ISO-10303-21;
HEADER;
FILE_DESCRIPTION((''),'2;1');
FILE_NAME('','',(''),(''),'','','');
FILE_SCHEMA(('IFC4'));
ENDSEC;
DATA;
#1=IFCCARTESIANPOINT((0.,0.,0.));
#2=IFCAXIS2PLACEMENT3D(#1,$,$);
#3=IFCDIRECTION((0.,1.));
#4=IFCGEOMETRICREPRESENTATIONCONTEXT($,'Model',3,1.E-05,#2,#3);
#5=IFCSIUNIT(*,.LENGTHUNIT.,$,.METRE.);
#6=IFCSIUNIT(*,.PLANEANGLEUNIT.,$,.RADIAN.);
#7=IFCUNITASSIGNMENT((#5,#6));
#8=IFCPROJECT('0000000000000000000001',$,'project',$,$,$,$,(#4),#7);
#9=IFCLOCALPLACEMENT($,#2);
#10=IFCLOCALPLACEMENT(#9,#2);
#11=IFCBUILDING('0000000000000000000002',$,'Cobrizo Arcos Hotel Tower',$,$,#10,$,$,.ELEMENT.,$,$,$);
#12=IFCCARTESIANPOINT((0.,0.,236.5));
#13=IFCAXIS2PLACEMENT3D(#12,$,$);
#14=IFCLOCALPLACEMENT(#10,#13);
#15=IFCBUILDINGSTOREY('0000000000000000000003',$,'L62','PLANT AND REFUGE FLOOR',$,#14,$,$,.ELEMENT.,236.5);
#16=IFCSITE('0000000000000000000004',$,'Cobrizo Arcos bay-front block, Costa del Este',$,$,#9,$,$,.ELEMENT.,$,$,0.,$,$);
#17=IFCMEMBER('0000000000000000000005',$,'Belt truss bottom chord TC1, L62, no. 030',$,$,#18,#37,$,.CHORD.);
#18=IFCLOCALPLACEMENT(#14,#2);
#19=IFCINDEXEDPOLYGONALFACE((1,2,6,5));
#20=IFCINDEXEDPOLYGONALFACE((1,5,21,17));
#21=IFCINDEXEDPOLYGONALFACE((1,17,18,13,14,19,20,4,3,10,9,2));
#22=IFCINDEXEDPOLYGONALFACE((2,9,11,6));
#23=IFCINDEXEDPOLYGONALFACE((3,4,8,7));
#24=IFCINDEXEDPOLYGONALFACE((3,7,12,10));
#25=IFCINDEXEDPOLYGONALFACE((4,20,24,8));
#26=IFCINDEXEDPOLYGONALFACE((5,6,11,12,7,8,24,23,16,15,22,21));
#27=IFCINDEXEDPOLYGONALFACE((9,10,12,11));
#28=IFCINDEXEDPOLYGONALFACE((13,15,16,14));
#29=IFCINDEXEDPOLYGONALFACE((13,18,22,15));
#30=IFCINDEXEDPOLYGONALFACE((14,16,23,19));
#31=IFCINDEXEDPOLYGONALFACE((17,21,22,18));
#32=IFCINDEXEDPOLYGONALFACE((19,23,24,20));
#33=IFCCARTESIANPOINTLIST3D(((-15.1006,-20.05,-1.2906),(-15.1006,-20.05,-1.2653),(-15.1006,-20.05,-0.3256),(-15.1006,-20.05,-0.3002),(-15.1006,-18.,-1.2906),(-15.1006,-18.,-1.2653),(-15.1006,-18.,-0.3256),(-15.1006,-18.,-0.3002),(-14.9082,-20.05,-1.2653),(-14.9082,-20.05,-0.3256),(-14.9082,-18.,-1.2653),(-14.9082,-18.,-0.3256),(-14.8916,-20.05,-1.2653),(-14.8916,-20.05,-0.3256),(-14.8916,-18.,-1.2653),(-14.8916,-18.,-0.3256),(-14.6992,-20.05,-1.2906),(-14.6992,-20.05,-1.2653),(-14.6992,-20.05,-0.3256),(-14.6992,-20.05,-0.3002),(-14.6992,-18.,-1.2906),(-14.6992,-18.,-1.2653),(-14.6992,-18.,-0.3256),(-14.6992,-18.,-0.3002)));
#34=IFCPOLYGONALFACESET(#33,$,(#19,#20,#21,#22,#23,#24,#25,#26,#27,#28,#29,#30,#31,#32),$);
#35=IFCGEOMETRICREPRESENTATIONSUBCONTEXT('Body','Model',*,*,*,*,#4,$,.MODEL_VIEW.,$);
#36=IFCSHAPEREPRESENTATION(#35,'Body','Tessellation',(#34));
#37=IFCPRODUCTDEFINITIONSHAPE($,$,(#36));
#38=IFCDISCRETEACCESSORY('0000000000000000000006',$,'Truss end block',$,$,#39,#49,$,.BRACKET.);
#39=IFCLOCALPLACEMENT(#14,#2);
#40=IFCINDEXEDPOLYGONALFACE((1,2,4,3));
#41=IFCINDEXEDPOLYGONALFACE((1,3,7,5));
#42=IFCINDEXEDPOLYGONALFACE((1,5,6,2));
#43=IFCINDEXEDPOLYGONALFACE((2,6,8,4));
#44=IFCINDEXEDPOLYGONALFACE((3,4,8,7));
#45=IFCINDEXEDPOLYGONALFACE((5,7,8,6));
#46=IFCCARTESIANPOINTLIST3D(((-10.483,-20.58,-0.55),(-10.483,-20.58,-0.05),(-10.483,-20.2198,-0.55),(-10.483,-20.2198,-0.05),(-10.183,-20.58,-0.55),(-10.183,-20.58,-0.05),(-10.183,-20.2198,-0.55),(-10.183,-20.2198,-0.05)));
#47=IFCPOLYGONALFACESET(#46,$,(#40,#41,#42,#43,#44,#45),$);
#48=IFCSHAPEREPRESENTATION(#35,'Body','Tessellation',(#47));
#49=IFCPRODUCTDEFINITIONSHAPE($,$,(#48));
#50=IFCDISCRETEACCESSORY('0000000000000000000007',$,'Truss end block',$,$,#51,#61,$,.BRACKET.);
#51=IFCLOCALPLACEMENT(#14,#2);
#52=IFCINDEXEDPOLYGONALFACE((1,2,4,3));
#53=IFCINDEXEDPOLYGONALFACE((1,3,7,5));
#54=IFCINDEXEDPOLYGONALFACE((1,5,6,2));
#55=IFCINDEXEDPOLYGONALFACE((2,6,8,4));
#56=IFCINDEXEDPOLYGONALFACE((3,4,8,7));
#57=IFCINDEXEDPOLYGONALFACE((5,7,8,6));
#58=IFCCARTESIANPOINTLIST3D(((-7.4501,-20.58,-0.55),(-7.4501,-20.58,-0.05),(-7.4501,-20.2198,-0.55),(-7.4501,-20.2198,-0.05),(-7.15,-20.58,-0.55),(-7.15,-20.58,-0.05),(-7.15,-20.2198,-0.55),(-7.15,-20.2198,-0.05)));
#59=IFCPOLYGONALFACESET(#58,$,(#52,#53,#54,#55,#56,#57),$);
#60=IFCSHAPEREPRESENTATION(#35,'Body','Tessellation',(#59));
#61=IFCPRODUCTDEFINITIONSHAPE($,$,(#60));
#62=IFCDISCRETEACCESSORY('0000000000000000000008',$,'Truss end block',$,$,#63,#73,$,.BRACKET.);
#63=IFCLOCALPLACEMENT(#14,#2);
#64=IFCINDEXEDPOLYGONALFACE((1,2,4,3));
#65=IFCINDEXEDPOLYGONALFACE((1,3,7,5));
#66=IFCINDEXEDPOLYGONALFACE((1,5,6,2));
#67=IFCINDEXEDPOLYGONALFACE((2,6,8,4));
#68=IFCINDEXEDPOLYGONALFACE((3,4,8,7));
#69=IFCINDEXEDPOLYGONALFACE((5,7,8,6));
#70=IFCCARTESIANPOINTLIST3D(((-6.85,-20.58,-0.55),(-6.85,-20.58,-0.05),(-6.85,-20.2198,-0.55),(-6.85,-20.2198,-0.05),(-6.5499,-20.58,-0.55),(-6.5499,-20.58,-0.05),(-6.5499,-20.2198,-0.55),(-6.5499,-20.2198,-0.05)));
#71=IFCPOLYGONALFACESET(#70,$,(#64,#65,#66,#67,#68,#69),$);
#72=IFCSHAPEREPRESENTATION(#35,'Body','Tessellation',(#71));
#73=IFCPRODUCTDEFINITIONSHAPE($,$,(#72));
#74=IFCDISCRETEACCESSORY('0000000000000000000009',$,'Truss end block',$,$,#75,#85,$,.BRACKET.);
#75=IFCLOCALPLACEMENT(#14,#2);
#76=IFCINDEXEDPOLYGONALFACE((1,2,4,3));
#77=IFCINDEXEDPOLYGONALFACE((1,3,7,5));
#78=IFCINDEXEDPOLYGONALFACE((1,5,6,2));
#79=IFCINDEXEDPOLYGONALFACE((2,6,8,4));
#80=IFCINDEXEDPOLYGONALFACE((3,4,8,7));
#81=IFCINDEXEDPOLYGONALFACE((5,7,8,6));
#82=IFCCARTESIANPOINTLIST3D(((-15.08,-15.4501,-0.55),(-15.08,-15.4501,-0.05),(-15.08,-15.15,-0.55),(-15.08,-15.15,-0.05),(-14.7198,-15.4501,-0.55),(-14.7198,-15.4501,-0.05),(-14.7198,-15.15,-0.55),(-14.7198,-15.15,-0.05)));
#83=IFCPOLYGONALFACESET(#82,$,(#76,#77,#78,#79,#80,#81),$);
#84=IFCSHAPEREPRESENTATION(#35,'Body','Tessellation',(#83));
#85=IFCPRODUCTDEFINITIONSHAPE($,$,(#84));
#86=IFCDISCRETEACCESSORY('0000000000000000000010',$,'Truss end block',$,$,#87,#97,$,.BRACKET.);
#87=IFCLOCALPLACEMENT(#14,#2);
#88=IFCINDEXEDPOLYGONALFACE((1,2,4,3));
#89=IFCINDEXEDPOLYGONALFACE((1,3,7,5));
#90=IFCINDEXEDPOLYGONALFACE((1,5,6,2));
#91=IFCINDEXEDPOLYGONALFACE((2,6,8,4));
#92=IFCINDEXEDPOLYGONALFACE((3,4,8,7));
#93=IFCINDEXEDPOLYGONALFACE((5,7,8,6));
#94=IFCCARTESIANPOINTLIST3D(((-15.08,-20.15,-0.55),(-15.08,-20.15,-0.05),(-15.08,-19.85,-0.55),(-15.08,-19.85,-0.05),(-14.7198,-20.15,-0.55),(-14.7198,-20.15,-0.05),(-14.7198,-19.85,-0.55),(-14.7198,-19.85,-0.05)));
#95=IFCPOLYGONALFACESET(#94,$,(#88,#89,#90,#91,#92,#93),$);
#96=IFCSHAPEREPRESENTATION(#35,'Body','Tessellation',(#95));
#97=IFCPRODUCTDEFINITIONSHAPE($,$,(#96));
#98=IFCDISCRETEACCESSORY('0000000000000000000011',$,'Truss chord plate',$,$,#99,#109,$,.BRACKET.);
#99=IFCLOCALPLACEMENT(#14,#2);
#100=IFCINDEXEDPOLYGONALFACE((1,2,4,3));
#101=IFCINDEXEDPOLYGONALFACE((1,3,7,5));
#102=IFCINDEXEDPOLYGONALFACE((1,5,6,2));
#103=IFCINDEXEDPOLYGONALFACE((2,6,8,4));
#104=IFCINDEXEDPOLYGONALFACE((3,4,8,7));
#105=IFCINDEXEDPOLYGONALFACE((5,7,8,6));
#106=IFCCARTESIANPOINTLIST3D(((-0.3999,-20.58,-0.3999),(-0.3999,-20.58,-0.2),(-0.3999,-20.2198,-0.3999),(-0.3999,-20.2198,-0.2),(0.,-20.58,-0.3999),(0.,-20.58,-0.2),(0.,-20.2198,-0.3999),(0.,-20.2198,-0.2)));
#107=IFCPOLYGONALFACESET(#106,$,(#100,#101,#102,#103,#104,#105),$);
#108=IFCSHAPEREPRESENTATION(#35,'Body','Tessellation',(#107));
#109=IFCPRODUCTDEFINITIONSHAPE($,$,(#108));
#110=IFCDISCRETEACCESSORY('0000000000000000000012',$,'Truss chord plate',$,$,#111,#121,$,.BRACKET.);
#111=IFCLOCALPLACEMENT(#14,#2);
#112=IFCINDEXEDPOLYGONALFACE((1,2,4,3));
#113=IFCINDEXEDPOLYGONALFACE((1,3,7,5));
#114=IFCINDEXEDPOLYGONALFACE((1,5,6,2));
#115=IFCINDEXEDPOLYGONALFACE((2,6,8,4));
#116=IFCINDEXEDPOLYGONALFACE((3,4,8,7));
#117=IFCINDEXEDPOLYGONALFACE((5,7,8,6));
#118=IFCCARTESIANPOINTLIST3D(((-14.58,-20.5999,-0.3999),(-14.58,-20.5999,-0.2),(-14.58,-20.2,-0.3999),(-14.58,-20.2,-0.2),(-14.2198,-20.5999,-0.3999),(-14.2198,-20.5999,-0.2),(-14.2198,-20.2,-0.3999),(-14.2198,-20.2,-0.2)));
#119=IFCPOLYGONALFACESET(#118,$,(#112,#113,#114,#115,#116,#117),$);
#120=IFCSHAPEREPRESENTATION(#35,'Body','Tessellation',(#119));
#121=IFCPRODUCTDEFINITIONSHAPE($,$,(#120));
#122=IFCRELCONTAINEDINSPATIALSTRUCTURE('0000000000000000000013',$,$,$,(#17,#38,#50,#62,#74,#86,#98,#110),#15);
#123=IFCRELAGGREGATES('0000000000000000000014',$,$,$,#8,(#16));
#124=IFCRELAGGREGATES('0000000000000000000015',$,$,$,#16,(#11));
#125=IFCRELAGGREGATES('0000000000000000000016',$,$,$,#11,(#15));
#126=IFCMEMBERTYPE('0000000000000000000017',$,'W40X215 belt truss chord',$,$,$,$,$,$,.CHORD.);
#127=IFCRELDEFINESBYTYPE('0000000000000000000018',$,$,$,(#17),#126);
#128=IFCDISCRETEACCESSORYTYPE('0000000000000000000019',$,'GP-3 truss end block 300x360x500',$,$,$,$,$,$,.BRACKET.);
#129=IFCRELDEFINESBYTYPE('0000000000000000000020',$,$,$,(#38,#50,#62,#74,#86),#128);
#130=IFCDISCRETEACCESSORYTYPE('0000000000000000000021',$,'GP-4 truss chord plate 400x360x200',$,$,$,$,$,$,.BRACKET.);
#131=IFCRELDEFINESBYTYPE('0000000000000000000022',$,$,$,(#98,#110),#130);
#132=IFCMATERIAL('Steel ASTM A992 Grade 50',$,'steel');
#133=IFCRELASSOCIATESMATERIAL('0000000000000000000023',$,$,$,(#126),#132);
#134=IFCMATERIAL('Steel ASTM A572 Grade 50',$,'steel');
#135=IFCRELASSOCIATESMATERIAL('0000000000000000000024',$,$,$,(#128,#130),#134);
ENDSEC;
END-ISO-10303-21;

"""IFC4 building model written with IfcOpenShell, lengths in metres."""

from ifc_helpers import new_model, si_unit, direction, frame, origin, origin_2d, place, context, subcontext, project, spatial, rectangle, i_section, extrude, material, material_profile, profile_set, type_object, element, save


model = new_model("IFC4")

# Units and contexts
model_context = context("Model", 3, precision=1e-05, world=origin(), true_north=direction((0.0, 1.0)))
body_context = subcontext(model_context, "Body", "Model", "MODEL_VIEW")
ifc_project = project(units=[si_unit("LENGTHUNIT", "METRE"), si_unit("PLANEANGLEUNIT", "RADIAN")], contexts=[model_context])

# Site, building, storey
site_placement = place(None, origin())
site = spatial("IfcSite", under=ifc_project, at=site_placement, Name="Cobrizo Arcos bay-front block, Costa del Este", CompositionType="ELEMENT", RefElevation=0.0)
building_placement = place(site_placement, origin())
building = spatial("IfcBuilding", under=site, at=building_placement, Name="Cobrizo Arcos Hotel Tower", CompositionType="ELEMENT")
storey_placement = place(building_placement, frame((0.0, 0.0, 236.5)))
storey = spatial("IfcBuildingStorey", under=building, at=storey_placement, Name="L62", Description="PLANT AND REFUGE FLOOR", CompositionType="ELEMENT", Elevation=236.5)

# Shared definitions
ifc_material_1 = material(Name="Steel ASTM A572 Grade 50", Category="steel")

# Shared definitions
ifc_material_2 = material(Name="Steel ASTM A992 Grade 50", Category="steel")

# Member
ifc_material_profile_1 = material_profile(ifc_material_2, i_section(OverallWidth=0.4014, OverallDepth=0.9905, WebThickness=0.0166, FlangeThickness=0.0254, at=origin_2d()), Name="W40X215")
ifc_profile_set_1 = profile_set([ifc_material_profile_1], Name="Steel ASTM A992 Grade 50")
member_type_1 = type_object("IfcMemberType", Name="W40X215 belt truss chord", PredefinedType="CHORD", material=ifc_profile_set_1)
for number, where, z_axis, x_axis, name in (
    (1, (-14.8999, -18.0, -0.7954), (0.0, -1.0, 0.0), (1.0, 0.0, 0.0), "Belt truss bottom chord TC1, L62, no. 030"),
):
    element("IfcMember", number, at=place(storey_placement, frame(where, z_axis=z_axis, x_axis=x_axis)), inside=storey, type_object=member_type_1, Name=name, PredefinedType="CHORD", context=body_context, shape_type="SweptSolid", body=[
        extrude(i_section(OverallWidth=0.4014, OverallDepth=0.9905, WebThickness=0.0166, FlangeThickness=0.0254, at=origin_2d()), origin(), (0.0, 0.0, 1.0), 2.05),
    ])

# Discrete accessories
discrete_accessory_type_1 = type_object("IfcDiscreteAccessoryType", Name="GP-3 truss end block 300x360x500", PredefinedType="BRACKET", material=ifc_material_1)
for number, where, z_axis, x_axis, name in (
    (2, (-10.333, -20.3999, -0.55), (0.0, 0.0, 1.0), (-1.0, 0.0, 0.0), "Truss end block"),
    (3, (-7.3, -20.3999, -0.55), (0.0, 0.0, 1.0), (-1.0, 0.0, 0.0), "Truss end block"),
    (4, (-6.7, -20.3999, -0.55), (0.0, 0.0, 1.0), (1.0, 0.0, 0.0), "Truss end block"),
    (5, (-14.8999, -15.3, -0.55), (0.0, 0.0, 1.0), (0.0, -1.0, 0.0), "Truss end block"),
    (6, (-14.8999, -20.0, -0.55), (0.0, 0.0, 1.0), (0.0, 1.0, 0.0), "Truss end block"),
):
    element("IfcDiscreteAccessory", number, at=place(storey_placement, frame(where, z_axis=z_axis, x_axis=x_axis)), inside=storey, type_object=discrete_accessory_type_1, Name=name, PredefinedType="BRACKET", context=body_context, shape_type="SweptSolid", body=[
        extrude(rectangle(XDim=0.3, YDim=0.3601, at=origin_2d()), origin(), (0.0, 0.0, 1.0), 0.5),
    ])
discrete_accessory_type_2 = type_object("IfcDiscreteAccessoryType", Name="GP-4 truss chord plate 400x360x200", PredefinedType="BRACKET", material=ifc_material_1)
for number, where, z_axis, x_axis, name in (
    (7, (-0.2, -20.3999, -0.3999), (0.0, 0.0, 1.0), (1.0, 0.0, 0.0), "Truss chord plate"),
    (8, (-14.3999, -20.3999, -0.3999), (0.0, 0.0, 1.0), (0.0, -1.0, 0.0), "Truss chord plate"),
):
    element("IfcDiscreteAccessory", number, at=place(storey_placement, frame(where, z_axis=z_axis, x_axis=x_axis)), inside=storey, type_object=discrete_accessory_type_2, Name=name, PredefinedType="BRACKET", context=body_context, shape_type="SweptSolid", body=[
        extrude(rectangle(XDim=0.3999, YDim=0.3601, at=origin_2d()), origin(), (0.0, 0.0, 1.0), 0.2),
    ])

save(model, "model.ifc")
